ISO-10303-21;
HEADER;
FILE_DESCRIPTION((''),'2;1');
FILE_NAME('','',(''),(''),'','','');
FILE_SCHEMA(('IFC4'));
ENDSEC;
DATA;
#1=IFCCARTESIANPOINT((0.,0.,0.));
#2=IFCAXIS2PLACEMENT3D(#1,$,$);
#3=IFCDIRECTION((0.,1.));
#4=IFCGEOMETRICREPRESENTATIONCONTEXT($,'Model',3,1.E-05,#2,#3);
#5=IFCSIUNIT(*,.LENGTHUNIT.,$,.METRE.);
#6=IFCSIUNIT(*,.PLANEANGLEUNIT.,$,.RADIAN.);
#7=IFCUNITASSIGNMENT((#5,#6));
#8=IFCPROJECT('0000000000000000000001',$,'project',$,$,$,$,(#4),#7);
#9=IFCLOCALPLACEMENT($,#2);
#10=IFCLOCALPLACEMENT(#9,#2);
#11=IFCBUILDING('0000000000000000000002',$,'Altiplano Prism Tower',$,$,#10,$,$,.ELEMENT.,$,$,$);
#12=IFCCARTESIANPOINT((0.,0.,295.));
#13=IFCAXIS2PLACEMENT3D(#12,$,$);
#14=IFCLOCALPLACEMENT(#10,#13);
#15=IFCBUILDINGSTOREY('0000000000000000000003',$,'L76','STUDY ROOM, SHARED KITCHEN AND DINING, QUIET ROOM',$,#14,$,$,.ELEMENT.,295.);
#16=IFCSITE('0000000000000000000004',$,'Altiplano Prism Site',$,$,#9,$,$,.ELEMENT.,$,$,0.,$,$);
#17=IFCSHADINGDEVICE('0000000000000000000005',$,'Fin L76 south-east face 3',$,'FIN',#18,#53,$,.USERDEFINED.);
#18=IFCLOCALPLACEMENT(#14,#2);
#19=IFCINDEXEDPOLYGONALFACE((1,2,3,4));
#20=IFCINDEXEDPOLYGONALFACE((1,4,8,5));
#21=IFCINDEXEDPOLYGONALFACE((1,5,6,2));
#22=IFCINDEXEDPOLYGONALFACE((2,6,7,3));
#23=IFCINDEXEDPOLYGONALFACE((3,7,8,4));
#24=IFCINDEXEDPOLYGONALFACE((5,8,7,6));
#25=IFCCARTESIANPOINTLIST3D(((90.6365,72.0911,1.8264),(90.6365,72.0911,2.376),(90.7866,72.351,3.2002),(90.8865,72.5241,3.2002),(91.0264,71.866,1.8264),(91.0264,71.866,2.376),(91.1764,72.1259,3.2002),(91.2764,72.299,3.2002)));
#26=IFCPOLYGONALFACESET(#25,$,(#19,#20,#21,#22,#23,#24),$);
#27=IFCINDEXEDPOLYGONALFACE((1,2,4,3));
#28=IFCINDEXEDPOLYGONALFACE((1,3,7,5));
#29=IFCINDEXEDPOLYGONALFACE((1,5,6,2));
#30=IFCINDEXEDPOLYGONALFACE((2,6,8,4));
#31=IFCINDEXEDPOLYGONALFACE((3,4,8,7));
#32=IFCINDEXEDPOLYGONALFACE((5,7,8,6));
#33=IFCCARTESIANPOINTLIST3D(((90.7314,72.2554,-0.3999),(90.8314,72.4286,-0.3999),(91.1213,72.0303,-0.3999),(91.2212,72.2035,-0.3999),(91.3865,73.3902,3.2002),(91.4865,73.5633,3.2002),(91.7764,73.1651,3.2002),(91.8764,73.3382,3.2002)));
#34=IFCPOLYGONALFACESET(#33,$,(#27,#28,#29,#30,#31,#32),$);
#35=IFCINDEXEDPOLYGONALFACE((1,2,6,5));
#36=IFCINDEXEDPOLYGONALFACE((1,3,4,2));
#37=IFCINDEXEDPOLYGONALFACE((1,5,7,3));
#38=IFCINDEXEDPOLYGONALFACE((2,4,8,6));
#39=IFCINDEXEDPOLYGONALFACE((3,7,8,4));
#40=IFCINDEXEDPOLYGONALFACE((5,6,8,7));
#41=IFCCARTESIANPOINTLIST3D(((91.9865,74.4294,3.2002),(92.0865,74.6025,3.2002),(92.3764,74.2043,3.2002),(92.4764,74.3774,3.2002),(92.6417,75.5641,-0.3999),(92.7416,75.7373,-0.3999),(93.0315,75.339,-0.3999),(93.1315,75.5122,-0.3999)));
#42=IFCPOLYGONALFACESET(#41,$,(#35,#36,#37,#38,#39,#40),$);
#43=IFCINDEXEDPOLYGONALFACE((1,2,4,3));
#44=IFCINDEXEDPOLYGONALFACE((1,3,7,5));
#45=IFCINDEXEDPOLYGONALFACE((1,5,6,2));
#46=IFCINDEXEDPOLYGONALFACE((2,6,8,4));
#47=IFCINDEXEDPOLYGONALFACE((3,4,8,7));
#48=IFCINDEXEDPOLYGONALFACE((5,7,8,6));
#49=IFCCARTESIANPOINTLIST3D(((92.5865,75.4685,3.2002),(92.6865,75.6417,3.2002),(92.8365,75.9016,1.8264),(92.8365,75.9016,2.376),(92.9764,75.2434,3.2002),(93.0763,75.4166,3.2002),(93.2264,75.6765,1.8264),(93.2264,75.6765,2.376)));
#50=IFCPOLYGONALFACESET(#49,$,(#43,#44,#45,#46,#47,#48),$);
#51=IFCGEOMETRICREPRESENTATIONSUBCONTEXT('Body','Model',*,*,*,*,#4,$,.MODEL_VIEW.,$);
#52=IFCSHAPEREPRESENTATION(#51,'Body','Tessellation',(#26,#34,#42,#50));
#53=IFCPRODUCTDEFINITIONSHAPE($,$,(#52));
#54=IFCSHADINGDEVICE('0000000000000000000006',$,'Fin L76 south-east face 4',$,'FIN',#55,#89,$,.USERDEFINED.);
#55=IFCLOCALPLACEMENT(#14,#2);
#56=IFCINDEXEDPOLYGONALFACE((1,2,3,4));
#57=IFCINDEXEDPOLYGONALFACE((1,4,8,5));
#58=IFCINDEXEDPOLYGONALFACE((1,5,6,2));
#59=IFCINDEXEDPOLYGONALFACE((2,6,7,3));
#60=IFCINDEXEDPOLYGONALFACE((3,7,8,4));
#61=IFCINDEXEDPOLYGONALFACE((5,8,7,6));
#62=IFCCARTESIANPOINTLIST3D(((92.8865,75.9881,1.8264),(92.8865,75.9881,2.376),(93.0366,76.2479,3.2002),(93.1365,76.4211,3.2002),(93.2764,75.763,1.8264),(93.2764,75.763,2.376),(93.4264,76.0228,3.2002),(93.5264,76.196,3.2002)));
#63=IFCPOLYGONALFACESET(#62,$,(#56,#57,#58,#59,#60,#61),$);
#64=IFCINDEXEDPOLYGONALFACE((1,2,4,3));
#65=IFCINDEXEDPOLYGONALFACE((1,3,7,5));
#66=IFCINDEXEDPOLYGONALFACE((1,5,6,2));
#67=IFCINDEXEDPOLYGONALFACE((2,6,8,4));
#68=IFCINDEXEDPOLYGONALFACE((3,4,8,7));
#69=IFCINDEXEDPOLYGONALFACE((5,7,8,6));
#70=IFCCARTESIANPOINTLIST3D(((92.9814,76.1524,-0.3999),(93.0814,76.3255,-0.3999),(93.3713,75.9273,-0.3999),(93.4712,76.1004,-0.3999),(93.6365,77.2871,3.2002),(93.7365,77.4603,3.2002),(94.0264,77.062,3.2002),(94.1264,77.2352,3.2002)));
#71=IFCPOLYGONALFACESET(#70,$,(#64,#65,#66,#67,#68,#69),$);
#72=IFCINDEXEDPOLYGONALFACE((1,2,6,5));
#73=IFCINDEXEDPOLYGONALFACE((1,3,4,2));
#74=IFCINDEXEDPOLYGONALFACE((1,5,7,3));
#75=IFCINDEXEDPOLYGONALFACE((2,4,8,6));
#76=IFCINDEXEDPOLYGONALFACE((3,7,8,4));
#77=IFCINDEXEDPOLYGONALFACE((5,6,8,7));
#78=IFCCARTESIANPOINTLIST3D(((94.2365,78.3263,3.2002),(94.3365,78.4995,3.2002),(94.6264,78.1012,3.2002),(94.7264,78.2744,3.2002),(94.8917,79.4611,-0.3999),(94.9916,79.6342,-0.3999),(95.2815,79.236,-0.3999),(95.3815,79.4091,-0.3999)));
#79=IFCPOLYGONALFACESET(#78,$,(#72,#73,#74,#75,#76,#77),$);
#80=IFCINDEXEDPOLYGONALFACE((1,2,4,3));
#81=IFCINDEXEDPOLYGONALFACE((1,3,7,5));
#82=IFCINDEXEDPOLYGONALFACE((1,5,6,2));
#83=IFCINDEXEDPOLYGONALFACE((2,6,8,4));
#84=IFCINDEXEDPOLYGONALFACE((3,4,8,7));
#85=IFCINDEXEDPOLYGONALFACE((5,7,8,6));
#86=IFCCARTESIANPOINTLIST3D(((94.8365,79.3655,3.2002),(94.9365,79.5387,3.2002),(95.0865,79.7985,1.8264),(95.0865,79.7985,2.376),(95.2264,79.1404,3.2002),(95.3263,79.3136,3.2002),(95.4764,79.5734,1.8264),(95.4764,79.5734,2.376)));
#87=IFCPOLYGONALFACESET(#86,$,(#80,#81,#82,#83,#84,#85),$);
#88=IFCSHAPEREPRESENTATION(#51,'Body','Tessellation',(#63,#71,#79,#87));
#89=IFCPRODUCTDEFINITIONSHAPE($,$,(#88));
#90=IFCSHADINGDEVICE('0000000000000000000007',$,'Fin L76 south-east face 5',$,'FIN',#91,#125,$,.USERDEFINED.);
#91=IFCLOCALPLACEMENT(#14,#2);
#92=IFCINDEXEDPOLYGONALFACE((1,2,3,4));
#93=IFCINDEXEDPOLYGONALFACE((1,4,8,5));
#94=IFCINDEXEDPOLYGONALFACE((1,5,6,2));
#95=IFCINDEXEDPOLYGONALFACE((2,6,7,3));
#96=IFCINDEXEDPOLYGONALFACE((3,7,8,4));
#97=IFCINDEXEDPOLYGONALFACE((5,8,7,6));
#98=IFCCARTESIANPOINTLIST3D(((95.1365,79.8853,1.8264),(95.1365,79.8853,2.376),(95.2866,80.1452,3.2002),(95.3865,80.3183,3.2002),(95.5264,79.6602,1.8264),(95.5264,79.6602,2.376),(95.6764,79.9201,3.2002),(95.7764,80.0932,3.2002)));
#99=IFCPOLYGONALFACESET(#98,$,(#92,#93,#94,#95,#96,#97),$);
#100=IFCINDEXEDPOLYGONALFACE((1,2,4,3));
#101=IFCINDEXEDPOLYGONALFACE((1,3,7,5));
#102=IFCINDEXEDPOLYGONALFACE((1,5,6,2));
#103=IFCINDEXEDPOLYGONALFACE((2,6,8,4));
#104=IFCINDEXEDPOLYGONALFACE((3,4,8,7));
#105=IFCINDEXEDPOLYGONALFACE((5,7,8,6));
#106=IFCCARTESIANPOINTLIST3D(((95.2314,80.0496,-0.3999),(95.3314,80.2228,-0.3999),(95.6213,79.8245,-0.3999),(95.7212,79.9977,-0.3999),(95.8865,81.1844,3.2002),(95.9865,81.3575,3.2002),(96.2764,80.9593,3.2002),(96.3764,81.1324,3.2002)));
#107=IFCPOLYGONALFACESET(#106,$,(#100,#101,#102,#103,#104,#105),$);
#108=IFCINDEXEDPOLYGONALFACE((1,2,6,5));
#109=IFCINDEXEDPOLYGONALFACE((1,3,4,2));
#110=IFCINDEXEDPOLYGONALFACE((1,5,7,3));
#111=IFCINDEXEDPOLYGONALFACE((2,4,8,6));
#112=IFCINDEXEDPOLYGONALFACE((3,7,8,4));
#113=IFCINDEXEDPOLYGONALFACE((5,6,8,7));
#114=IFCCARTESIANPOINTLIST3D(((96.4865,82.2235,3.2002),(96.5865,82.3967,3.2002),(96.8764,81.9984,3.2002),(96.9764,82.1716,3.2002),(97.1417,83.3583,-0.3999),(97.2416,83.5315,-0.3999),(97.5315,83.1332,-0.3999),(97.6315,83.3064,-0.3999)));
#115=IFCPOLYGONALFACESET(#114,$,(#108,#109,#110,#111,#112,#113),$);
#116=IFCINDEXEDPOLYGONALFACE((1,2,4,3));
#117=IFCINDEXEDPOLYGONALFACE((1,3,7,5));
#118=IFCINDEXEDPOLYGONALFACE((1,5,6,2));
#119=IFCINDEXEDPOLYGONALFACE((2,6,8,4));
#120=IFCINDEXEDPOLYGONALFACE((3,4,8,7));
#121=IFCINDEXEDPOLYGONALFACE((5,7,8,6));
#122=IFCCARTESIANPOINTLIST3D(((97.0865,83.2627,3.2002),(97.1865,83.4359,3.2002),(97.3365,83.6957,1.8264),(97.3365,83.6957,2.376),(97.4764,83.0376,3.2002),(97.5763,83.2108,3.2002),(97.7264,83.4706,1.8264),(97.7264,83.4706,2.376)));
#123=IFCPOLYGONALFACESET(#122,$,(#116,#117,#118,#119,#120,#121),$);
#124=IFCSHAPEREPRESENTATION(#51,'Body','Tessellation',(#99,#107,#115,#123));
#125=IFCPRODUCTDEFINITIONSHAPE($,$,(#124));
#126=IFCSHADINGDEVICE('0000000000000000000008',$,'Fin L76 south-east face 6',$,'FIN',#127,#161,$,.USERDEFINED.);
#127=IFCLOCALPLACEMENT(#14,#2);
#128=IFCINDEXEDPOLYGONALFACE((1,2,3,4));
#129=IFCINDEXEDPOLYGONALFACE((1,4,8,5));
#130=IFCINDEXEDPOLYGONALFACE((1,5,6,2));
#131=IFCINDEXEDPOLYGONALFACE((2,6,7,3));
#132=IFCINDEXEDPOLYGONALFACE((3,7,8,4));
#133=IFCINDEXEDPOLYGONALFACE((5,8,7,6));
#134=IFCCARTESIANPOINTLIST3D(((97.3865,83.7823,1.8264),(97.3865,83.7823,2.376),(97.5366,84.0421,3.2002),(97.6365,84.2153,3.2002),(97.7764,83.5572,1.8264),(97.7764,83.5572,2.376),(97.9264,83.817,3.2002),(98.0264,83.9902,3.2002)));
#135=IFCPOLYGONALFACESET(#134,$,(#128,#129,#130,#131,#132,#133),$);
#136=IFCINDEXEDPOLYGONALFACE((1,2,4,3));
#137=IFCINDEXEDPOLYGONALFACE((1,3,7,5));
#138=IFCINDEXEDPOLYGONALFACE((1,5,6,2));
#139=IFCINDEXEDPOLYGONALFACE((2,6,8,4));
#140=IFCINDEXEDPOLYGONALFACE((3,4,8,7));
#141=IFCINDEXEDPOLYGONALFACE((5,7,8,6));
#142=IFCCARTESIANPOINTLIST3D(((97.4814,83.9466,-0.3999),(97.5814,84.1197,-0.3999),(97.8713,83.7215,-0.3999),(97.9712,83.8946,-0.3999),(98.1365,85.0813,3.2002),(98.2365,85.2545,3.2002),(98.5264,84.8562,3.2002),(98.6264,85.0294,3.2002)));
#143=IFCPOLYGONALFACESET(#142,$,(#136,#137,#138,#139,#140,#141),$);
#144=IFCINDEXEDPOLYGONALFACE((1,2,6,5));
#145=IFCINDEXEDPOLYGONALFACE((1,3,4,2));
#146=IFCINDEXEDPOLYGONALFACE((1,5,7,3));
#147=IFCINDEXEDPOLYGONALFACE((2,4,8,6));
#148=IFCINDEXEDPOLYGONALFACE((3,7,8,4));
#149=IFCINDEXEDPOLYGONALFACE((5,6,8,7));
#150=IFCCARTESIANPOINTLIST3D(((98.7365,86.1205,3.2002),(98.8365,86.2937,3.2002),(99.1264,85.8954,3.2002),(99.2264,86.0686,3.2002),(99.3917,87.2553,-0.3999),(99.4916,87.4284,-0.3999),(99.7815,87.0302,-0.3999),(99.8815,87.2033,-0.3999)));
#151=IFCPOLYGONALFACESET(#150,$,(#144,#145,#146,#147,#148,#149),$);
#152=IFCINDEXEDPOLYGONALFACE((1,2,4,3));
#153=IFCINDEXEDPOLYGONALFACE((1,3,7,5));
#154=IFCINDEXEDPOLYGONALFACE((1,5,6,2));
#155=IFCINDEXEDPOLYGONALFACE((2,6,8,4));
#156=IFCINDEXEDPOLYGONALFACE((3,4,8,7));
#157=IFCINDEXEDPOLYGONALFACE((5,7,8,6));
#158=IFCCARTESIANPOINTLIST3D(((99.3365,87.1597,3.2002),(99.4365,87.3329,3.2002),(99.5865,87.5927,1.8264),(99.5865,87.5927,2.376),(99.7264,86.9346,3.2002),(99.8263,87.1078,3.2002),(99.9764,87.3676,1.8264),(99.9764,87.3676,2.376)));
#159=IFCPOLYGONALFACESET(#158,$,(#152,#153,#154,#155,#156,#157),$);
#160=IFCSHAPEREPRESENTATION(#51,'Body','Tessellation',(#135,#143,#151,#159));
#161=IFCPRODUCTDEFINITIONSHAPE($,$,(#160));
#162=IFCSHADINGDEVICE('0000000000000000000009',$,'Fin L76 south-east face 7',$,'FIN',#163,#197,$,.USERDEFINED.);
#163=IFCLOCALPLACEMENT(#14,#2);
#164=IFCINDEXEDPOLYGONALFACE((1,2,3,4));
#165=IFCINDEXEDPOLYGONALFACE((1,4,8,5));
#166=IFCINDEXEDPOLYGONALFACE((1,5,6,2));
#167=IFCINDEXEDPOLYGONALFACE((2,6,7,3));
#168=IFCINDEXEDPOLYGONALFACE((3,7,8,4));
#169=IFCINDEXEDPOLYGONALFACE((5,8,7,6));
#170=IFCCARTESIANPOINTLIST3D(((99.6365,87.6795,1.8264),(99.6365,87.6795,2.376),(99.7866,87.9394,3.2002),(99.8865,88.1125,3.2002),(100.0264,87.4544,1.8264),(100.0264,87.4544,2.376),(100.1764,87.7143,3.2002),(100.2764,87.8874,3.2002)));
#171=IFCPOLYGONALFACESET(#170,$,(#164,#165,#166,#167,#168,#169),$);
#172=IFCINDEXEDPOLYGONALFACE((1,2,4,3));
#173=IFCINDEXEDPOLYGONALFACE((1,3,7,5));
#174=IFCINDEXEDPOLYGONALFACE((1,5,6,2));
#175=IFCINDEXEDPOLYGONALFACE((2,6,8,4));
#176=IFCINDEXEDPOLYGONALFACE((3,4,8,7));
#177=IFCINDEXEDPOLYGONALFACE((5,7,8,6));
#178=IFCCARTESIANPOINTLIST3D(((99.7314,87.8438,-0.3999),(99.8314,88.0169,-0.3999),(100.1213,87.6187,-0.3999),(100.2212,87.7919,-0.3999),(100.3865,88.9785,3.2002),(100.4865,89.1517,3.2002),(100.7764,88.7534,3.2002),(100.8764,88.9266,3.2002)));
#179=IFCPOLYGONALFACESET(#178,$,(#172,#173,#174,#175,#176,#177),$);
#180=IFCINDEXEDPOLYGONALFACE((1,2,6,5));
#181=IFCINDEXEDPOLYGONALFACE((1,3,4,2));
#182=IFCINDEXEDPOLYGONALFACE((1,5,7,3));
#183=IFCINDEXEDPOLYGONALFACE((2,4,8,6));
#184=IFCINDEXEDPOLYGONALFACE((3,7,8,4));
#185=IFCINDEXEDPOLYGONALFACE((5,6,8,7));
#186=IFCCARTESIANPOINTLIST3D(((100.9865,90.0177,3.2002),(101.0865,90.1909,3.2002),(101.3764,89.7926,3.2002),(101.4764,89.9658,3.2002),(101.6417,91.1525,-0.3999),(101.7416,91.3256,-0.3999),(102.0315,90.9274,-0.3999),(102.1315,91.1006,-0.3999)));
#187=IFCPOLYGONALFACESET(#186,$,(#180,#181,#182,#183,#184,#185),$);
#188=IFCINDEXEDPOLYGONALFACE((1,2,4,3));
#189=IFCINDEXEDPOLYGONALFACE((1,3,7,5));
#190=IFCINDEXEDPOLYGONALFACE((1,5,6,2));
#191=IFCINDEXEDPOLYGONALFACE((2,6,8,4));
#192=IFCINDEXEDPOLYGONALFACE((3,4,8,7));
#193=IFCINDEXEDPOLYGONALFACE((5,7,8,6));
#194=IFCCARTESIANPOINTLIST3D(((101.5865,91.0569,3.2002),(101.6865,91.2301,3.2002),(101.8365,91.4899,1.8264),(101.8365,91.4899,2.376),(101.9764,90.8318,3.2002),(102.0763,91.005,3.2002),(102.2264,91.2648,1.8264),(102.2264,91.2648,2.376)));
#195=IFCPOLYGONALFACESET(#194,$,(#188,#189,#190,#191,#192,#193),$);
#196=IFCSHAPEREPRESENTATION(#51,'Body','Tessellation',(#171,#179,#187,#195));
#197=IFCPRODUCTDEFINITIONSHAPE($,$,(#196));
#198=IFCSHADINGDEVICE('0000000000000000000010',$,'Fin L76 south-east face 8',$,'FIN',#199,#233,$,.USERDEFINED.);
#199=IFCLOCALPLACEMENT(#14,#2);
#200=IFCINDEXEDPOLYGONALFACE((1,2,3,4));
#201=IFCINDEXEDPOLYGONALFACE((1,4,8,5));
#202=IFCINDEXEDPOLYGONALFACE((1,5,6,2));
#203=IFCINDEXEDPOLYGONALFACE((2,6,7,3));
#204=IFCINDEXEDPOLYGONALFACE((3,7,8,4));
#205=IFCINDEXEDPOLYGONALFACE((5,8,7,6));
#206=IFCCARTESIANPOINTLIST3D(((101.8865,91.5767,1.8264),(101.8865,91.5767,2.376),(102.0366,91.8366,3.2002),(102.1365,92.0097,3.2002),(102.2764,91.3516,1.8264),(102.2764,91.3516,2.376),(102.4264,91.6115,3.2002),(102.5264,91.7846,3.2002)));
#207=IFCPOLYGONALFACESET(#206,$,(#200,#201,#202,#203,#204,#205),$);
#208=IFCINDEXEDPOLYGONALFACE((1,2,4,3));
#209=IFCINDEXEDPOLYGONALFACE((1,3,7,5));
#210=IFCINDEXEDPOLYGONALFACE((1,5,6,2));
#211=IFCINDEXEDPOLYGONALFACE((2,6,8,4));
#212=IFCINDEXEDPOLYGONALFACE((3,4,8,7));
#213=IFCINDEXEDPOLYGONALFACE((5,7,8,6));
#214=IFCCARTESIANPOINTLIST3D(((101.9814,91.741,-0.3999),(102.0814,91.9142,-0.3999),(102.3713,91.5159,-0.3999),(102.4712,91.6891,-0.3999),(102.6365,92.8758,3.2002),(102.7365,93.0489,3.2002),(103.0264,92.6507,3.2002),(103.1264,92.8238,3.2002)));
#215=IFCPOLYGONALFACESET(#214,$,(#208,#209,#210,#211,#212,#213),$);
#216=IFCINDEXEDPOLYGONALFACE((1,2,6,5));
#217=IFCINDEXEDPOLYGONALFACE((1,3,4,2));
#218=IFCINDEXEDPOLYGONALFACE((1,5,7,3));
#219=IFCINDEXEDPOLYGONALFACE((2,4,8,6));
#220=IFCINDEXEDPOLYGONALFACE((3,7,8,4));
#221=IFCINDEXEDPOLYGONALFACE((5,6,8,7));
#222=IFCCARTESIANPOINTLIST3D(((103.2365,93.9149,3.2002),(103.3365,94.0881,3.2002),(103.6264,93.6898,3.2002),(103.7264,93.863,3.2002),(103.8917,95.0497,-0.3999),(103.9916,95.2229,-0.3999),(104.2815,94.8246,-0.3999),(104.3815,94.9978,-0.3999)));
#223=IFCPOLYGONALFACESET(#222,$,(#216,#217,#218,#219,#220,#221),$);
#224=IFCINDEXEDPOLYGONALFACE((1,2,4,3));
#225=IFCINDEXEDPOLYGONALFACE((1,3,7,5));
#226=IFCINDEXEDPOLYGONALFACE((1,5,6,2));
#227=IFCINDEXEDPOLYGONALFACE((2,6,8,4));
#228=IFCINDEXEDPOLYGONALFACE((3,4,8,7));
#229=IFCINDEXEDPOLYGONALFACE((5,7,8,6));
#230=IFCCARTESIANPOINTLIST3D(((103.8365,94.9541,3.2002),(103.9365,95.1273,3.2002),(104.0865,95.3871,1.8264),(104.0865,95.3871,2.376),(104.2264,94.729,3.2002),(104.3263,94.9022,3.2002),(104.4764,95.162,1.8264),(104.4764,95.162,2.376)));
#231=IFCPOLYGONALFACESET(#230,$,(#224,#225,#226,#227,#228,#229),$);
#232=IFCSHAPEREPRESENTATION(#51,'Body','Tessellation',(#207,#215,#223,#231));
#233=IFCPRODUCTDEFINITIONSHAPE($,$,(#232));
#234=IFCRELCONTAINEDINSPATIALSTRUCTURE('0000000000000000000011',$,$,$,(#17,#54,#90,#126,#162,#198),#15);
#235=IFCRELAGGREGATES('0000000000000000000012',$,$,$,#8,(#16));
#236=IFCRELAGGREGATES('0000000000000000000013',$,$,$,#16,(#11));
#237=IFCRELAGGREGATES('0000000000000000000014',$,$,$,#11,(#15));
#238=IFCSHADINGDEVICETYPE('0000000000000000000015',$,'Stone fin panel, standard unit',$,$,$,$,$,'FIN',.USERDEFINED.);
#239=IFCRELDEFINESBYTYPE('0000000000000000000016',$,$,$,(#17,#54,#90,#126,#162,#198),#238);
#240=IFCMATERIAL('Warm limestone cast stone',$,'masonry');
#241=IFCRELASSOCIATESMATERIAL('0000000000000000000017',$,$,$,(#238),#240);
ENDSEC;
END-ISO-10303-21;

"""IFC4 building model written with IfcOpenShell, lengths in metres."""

from ifc_helpers import new_model, si_unit, direction, frame, origin, place, context, subcontext, project, spatial, polyline, outline, extrude, source, transform, mapped, material, type_object, element, save


model = new_model("IFC4")

# Units and contexts
model_context = context("Model", 3, precision=1e-05, world=origin(), true_north=direction((0.0, 1.0)))
body_context = subcontext(model_context, "Body", "Model", "MODEL_VIEW")
ifc_project = project(units=[si_unit("LENGTHUNIT", "METRE"), si_unit("PLANEANGLEUNIT", "RADIAN")], contexts=[model_context])

# Site, building, storey
site_placement = place(None, origin())
site = spatial("IfcSite", under=ifc_project, at=site_placement, Name="Altiplano Prism Site", CompositionType="ELEMENT", RefElevation=0.0)
building_placement = place(site_placement, origin())
building = spatial("IfcBuilding", under=site, at=building_placement, Name="Altiplano Prism Tower", CompositionType="ELEMENT")
storey_placement = place(building_placement, frame((0.0, 0.0, 295.0)))
storey = spatial("IfcBuildingStorey", under=building, at=storey_placement, Name="L76", Description="STUDY ROOM, SHARED KITCHEN AND DINING, QUIET ROOM", CompositionType="ELEMENT", Elevation=295.0)

# Shading devices
ifc_material_1 = material(Name="Warm limestone cast stone", Category="masonry")
shading_device_type_1 = type_object("IfcShadingDeviceType", Name="Stone fin panel, standard unit", ElementType="FIN", PredefinedType="USERDEFINED", material=ifc_material_1)
shared_shape_1 = source(origin(), body_context, "Body", "SweptSolid", [
    extrude(outline(polyline([(-2.2, 2.2263), (-1.7, 3.6001), (-1.8999, 3.6001), (-2.2, 2.7759), (-2.2, 2.2263)])), frame((0.0, -0.1499, 0.0), z_axis=(0.0, -1.0, 0.0), x_axis=(1.0, 0.0, 0.0)), (0.0, 0.0, 1.0), 0.4502),
    extrude(outline(polyline([(-2.0103, 0.0), (-1.8103, 0.0), (-0.5, 3.6001), (-0.7, 3.6001), (-2.0103, 0.0)])), frame((0.0, -0.1499, 0.0), z_axis=(0.0, -1.0, 0.0), x_axis=(1.0, 0.0, 0.0)), (0.0, 0.0, 1.0), 0.4502),
    extrude(outline(polyline([(1.8103, 0.0), (2.0103, 0.0), (0.7, 3.6001), (0.5, 3.6001), (1.8103, 0.0)])), frame((0.0, -0.1499, 0.0), z_axis=(0.0, -1.0, 0.0), x_axis=(1.0, 0.0, 0.0)), (0.0, 0.0, 1.0), 0.4502),
    extrude(outline(polyline([(2.2, 2.7759), (1.8999, 3.6001), (1.7, 3.6001), (2.2, 2.2263), (2.2, 2.7759)])), frame((0.0, -0.1499, 0.0), z_axis=(0.0, -1.0, 0.0), x_axis=(1.0, 0.0, 0.0)), (0.0, 0.0, 1.0), 0.4502),
])
shading_device_1_placement = place(storey_placement, origin())
element("IfcShadingDevice", 1, at=shading_device_1_placement, inside=storey, type_object=shading_device_type_1, Name="Fin L76 south-east face 3", ObjectType="FIN", PredefinedType="USERDEFINED", context=body_context, shape_type="MappedRepresentation", body=[
    mapped(shared_shape_1, transform((91.6067, 74.0713, -0.3999), x_axis=(0.5, 0.866025, 0.0), y_axis=(-0.866025, 0.5, 0.0), z_axis=(0.0, 0.0, 1.0))),
])
shading_device_2_placement = place(storey_placement, origin())
element("IfcShadingDevice", 2, at=shading_device_2_placement, inside=storey, type_object=shading_device_type_1, Name="Fin L76 south-east face 4", ObjectType="FIN", PredefinedType="USERDEFINED", context=body_context, shape_type="MappedRepresentation", body=[
    mapped(shared_shape_1, transform((93.8567, 77.9683, -0.3999), x_axis=(0.5, 0.866025, 0.0), y_axis=(-0.866025, 0.5, 0.0), z_axis=(0.0, 0.0, 1.0))),
])
shading_device_3_placement = place(storey_placement, origin())
element("IfcShadingDevice", 3, at=shading_device_3_placement, inside=storey, type_object=shading_device_type_1, Name="Fin L76 south-east face 5", ObjectType="FIN", PredefinedType="USERDEFINED", context=body_context, shape_type="MappedRepresentation", body=[
    mapped(shared_shape_1, transform((96.1067, 81.8655, -0.3999), x_axis=(0.5, 0.866025, 0.0), y_axis=(-0.866025, 0.5, 0.0), z_axis=(0.0, 0.0, 1.0))),
])
shading_device_4_placement = place(storey_placement, origin())
element("IfcShadingDevice", 4, at=shading_device_4_placement, inside=storey, type_object=shading_device_type_1, Name="Fin L76 south-east face 6", ObjectType="FIN", PredefinedType="USERDEFINED", context=body_context, shape_type="MappedRepresentation", body=[
    mapped(shared_shape_1, transform((98.3567, 85.7625, -0.3999), x_axis=(0.5, 0.866025, 0.0), y_axis=(-0.866025, 0.5, 0.0), z_axis=(0.0, 0.0, 1.0))),
])
shading_device_5_placement = place(storey_placement, origin())
element("IfcShadingDevice", 5, at=shading_device_5_placement, inside=storey, type_object=shading_device_type_1, Name="Fin L76 south-east face 7", ObjectType="FIN", PredefinedType="USERDEFINED", context=body_context, shape_type="MappedRepresentation", body=[
    mapped(shared_shape_1, transform((100.6067, 89.6597, -0.3999), x_axis=(0.5, 0.866025, 0.0), y_axis=(-0.866025, 0.5, 0.0), z_axis=(0.0, 0.0, 1.0))),
])
shading_device_6_placement = place(storey_placement, origin())
element("IfcShadingDevice", 6, at=shading_device_6_placement, inside=storey, type_object=shading_device_type_1, Name="Fin L76 south-east face 8", ObjectType="FIN", PredefinedType="USERDEFINED", context=body_context, shape_type="MappedRepresentation", body=[
    mapped(shared_shape_1, transform((102.8567, 93.5569, -0.3999), x_axis=(0.5, 0.866025, 0.0), y_axis=(-0.866025, 0.5, 0.0), z_axis=(0.0, 0.0, 1.0))),
])

save(model, "model.ifc")
